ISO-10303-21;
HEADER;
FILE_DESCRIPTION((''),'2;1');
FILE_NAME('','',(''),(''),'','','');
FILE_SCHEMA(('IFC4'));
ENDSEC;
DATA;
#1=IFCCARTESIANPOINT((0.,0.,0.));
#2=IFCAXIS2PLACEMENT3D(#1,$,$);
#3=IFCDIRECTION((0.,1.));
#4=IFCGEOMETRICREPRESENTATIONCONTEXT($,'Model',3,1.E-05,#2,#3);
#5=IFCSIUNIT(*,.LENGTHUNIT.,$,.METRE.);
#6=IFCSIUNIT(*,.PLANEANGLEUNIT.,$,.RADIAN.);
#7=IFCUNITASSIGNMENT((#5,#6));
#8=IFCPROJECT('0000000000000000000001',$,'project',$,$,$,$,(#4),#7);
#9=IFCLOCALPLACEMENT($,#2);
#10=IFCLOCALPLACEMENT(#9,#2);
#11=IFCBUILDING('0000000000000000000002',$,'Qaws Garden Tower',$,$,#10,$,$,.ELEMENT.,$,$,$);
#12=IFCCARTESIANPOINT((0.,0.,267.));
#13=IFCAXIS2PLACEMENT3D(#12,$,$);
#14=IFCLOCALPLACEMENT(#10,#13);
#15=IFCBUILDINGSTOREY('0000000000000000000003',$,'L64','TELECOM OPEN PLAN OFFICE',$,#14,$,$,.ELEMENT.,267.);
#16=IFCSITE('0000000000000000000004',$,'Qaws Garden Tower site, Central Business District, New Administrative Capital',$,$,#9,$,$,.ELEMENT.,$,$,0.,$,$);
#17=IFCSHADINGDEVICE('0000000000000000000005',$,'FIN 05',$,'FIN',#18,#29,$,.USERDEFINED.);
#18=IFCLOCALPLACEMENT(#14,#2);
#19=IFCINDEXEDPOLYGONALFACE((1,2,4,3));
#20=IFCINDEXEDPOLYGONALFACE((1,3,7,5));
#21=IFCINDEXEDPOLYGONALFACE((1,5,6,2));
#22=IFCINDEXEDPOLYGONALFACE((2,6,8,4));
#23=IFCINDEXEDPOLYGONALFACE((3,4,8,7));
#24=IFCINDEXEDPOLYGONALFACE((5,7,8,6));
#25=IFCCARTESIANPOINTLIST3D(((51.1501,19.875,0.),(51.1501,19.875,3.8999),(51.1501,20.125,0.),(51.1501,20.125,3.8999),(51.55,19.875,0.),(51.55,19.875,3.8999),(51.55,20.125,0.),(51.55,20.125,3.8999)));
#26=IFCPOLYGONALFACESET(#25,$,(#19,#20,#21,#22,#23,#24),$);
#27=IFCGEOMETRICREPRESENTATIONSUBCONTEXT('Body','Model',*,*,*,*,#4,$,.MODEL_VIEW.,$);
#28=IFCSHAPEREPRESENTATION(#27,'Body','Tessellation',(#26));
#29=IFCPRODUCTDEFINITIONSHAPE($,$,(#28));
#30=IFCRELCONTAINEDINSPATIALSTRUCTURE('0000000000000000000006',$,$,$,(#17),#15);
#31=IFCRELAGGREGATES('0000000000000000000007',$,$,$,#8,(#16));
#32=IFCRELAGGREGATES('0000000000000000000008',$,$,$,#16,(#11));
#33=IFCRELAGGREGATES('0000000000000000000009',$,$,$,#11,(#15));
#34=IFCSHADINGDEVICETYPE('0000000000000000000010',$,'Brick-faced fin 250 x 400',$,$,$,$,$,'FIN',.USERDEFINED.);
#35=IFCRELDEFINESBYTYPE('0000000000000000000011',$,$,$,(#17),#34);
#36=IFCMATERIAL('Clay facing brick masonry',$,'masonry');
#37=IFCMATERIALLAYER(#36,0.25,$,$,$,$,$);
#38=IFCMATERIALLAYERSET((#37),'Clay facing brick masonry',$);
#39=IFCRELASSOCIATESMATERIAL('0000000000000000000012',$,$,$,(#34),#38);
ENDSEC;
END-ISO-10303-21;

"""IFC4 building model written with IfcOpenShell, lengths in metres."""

from ifc_helpers import new_model, si_unit, direction, frame, origin, origin_2d, place, context, subcontext, project, spatial, rectangle, extrude, material, layer, layer_set, type_object, element, save


model = new_model("IFC4")

# Units and contexts
model_context = context("Model", 3, precision=1e-05, world=origin(), true_north=direction((0.0, 1.0)))
body_context = subcontext(model_context, "Body", "Model", "MODEL_VIEW")
ifc_project = project(units=[si_unit("LENGTHUNIT", "METRE"), si_unit("PLANEANGLEUNIT", "RADIAN")], contexts=[model_context])

# Site, building, storey
site_placement = place(None, origin())
site = spatial("IfcSite", under=ifc_project, at=site_placement, Name="Qaws Garden Tower site, Central Business District, New Administrative Capital", CompositionType="ELEMENT", RefElevation=0.0)
building_placement = place(site_placement, origin())
building = spatial("IfcBuilding", under=site, at=building_placement, Name="Qaws Garden Tower", CompositionType="ELEMENT")
storey_placement = place(building_placement, frame((0.0, 0.0, 267.0)))
storey = spatial("IfcBuildingStorey", under=building, at=storey_placement, Name="L64", Description="TELECOM OPEN PLAN OFFICE", CompositionType="ELEMENT", Elevation=267.0)

# Shading device
ifc_material_1 = material(Name="Clay facing brick masonry", Category="masonry")
ifc_layer_1 = layer(ifc_material_1, 0.25)
ifc_layer_set_1 = layer_set([ifc_layer_1], Name="Clay facing brick masonry")
shading_device_type = type_object("IfcShadingDeviceType", Name="Brick-faced fin 250 x 400", ElementType="FIN", PredefinedType="USERDEFINED", material=ifc_layer_set_1)
shading_device_placement = place(storey_placement, frame((51.3501, 20.0, 0.0), z_axis=(0.0, 0.0, 1.0), x_axis=(0.0, 1.0, 0.0)))
element("IfcShadingDevice", 1, at=shading_device_placement, inside=storey, type_object=shading_device_type, Name="FIN 05", ObjectType="FIN", PredefinedType="USERDEFINED", context=body_context, shape_type="SweptSolid", body=[
    extrude(rectangle(XDim=0.25, YDim=0.3999, at=origin_2d()), origin(), (0.0, 0.0, 1.0), 3.8999),
])

save(model, "model.ifc")
